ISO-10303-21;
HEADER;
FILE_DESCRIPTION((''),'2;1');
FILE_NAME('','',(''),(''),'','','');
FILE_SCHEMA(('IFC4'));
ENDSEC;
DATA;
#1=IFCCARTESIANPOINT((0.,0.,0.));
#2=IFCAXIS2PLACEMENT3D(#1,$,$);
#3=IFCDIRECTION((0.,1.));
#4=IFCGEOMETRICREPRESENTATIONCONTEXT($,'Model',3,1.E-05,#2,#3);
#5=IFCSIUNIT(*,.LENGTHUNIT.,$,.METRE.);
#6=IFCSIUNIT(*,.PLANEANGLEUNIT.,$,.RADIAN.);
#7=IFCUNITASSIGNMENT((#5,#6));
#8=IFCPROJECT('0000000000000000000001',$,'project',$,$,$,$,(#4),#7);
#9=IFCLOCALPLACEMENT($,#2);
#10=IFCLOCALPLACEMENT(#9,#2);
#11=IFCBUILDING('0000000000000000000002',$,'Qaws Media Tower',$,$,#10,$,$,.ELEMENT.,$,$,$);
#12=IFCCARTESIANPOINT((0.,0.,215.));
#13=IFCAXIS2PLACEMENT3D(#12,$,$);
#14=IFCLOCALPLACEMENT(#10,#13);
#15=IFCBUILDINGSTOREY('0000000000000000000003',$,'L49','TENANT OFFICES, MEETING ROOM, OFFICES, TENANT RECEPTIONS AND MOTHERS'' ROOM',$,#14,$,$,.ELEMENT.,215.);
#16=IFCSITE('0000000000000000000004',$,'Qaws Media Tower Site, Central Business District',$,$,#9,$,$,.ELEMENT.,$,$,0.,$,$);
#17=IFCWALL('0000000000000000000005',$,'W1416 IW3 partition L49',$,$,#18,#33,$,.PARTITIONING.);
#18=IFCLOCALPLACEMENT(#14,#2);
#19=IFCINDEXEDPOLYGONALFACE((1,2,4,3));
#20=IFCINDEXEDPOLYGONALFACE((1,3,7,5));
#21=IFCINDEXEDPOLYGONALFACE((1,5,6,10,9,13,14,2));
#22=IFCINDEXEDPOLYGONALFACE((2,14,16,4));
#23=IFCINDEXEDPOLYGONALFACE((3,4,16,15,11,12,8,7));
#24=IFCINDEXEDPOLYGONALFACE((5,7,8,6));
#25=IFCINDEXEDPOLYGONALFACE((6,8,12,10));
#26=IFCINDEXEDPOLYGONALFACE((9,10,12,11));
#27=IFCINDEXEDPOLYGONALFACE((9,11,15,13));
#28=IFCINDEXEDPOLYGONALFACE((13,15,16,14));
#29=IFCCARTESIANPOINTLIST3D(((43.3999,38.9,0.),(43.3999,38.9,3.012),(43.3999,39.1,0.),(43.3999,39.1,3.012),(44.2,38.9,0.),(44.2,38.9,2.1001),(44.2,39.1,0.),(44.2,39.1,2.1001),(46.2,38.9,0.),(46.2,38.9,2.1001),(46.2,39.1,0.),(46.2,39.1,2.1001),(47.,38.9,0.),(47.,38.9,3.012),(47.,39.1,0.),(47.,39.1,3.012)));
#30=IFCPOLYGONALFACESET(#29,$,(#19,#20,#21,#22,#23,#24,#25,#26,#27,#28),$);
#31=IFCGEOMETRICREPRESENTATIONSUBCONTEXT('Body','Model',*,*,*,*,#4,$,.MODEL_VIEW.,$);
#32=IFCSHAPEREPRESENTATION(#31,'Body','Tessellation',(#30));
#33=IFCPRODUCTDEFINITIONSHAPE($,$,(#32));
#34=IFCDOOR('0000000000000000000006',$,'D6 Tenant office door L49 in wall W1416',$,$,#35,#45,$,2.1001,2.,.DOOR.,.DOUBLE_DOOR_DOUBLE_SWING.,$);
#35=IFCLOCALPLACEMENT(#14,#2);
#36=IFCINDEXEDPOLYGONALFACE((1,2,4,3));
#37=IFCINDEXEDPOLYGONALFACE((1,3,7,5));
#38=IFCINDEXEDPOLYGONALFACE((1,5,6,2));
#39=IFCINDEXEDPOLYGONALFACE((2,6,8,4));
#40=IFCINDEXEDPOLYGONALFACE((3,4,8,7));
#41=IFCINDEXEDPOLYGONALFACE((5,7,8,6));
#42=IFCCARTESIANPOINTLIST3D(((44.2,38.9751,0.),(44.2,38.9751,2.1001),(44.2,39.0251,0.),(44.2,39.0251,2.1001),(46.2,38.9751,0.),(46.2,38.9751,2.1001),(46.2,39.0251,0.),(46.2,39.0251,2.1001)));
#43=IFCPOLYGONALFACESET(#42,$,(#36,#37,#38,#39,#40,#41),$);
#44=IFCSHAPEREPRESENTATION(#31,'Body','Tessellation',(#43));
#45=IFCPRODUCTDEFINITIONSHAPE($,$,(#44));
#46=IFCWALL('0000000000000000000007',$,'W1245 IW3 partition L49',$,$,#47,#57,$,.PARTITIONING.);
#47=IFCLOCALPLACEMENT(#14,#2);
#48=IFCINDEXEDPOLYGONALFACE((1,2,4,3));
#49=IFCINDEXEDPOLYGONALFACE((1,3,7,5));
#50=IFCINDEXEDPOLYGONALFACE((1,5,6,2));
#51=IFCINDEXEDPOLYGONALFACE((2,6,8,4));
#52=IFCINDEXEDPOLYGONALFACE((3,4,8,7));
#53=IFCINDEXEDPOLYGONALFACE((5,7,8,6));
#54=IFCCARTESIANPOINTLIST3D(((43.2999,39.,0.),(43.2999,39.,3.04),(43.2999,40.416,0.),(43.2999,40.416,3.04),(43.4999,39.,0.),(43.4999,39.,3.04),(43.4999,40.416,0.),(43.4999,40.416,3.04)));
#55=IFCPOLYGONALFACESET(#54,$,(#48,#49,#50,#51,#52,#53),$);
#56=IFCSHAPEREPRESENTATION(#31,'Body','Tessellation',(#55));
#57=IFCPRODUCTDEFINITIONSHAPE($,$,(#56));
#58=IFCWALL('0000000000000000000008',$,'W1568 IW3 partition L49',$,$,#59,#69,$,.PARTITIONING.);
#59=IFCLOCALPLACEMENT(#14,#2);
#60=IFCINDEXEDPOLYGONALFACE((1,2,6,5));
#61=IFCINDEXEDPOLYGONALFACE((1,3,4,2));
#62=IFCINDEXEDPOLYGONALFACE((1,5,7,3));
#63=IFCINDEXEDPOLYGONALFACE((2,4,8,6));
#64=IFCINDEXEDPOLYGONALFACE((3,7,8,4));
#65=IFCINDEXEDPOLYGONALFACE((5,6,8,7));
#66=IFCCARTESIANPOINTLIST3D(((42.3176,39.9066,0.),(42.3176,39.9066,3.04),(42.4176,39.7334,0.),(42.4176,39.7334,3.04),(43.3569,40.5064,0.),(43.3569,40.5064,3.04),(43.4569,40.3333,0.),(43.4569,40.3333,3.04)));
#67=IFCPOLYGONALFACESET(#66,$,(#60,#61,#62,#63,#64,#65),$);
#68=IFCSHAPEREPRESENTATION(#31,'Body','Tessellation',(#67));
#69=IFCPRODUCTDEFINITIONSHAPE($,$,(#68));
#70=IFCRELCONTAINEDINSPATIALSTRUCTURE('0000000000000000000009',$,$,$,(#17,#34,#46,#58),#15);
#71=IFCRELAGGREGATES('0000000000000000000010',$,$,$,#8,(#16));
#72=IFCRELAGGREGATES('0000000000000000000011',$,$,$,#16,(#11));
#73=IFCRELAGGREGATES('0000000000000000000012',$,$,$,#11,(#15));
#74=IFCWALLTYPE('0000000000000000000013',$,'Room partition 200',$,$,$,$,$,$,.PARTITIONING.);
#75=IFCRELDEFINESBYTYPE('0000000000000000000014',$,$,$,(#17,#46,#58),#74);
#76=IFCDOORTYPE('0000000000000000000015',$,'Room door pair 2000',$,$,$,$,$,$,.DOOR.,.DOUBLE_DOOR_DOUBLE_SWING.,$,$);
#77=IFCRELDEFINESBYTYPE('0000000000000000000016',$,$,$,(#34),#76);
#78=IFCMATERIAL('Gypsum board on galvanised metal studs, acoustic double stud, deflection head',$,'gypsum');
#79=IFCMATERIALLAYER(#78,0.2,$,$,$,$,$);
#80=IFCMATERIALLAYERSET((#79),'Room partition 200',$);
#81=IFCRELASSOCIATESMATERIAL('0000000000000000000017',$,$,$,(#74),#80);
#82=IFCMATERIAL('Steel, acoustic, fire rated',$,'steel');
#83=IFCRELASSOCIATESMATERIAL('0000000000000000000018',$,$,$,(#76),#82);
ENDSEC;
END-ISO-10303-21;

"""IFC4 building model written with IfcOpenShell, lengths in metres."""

from ifc_helpers import new_model, si_unit, direction, frame, frame_2d, origin, place, context, subcontext, project, spatial, rectangle, extrude, material, layer, layer_set, type_object, element, fill, save


model = new_model("IFC4")

# Units and contexts
model_context = context("Model", 3, precision=1e-05, world=origin(), true_north=direction((0.0, 1.0)))
body_context = subcontext(model_context, "Body", "Model", "MODEL_VIEW")
ifc_project = project(units=[si_unit("LENGTHUNIT", "METRE"), si_unit("PLANEANGLEUNIT", "RADIAN")], contexts=[model_context])

# Site, building, storey
site_placement = place(None, origin())
site = spatial("IfcSite", under=ifc_project, at=site_placement, Name="Qaws Media Tower Site, Central Business District", CompositionType="ELEMENT", RefElevation=0.0)
building_placement = place(site_placement, origin())
building = spatial("IfcBuilding", under=site, at=building_placement, Name="Qaws Media Tower", CompositionType="ELEMENT")
storey_placement = place(building_placement, frame((0.0, 0.0, 215.0)))
storey = spatial("IfcBuildingStorey", under=building, at=storey_placement, Name="L49", Description="TENANT OFFICES, MEETING ROOM, OFFICES, TENANT RECEPTIONS AND MOTHERS' ROOM", CompositionType="ELEMENT", Elevation=215.0)

# Shared definitions
ifc_material_1 = material(Name="Gypsum board on galvanised metal studs, acoustic double stud, deflection head", Category="gypsum")
ifc_layer_1 = layer(ifc_material_1, 0.2)
ifc_layer_set_1 = layer_set([ifc_layer_1], Name="Room partition 200")
wall_type_1 = type_object("IfcWallType", Name="Room partition 200", PredefinedType="PARTITIONING", material=ifc_layer_set_1)

# Wall, opening, door
wall_1_placement = place(storey_placement, frame((47.0, 39.0, 0.0), z_axis=(0.0, 0.0, 1.0), x_axis=(-1.0, 0.0, 0.0)))
wall_1 = element("IfcWall", 1, at=wall_1_placement, inside=storey, type_object=wall_type_1, Name="W1416 IW3 partition L49", PredefinedType="PARTITIONING", context=body_context, shape_type="SweptSolid", body=[
    extrude(rectangle(XDim=3.6001, YDim=0.2, at=frame_2d((1.8, 0.0))), origin(), (0.0, 0.0, 1.0), 3.012),
])
opening_1_placement = place(wall_1_placement, frame((0.8, 0.0, 0.0)))
opening_1 = element("IfcOpeningElement", 2, at=opening_1_placement, cuts=wall_1, PredefinedType="OPENING", context=body_context, shape_type="SweptSolid", body=[
    extrude(rectangle(XDim=2.0, YDim=2.1001, at=frame_2d((1.0, 1.05))), frame((0.0, 0.1099, 0.0), z_axis=(0.0, -1.0, 0.0), x_axis=(1.0, 0.0, 0.0)), (0.0, 0.0, 1.0), 0.22),
])
ifc_material_2 = material(Name="Steel, acoustic, fire rated", Category="steel")
door_type_1 = type_object("IfcDoorType", Name="Room door pair 2000", OperationType="DOUBLE_DOOR_DOUBLE_SWING", PredefinedType="DOOR", material=ifc_material_2)
door_1_placement = place(opening_1_placement, origin())
door_1 = element("IfcDoor", 3, at=door_1_placement, inside=storey, type_object=door_type_1, Name="D6 Tenant office door L49 in wall W1416", OperationType="DOUBLE_DOOR_DOUBLE_SWING", OverallHeight=2.1001, OverallWidth=2.0, PredefinedType="DOOR", context=body_context, shape_type="SweptSolid", body=[
    extrude(rectangle(XDim=2.0, YDim=2.1001, at=frame_2d((1.0, 1.05))), frame((0.0, 0.0249, 0.0), z_axis=(0.0, -1.0, 0.0), x_axis=(1.0, 0.0, 0.0)), (0.0, 0.0, 1.0), 0.05),
])
fill(opening_1, door_1)

# Wall
wall_2_placement = place(storey_placement, frame((43.3999, 39.0, 0.0), z_axis=(0.0, 0.0, 1.0), x_axis=(0.0, 1.0, 0.0)))
element("IfcWall", 4, at=wall_2_placement, inside=storey, type_object=wall_type_1, Name="W1245 IW3 partition L49", PredefinedType="PARTITIONING", context=body_context, shape_type="SweptSolid", body=[
    extrude(rectangle(XDim=1.416, YDim=0.2, at=frame_2d((0.708, 0.0))), origin(), (0.0, 0.0, 1.0), 3.04),
])

# Wall
wall_3_placement = place(storey_placement, frame((43.407, 40.4199, 0.0), z_axis=(0.0, 0.0, 1.0), x_axis=(-0.866094, -0.499881, 0.0)))
element("IfcWall", 5, at=wall_3_placement, inside=storey, type_object=wall_type_1, Name="W1568 IW3 partition L49", PredefinedType="PARTITIONING", context=body_context, shape_type="SweptSolid", body=[
    extrude(rectangle(XDim=1.2, YDim=0.2, at=frame_2d((0.6001, 0.0))), origin(), (0.0, 0.0, 1.0), 3.04),
])

save(model, "model.ifc")
